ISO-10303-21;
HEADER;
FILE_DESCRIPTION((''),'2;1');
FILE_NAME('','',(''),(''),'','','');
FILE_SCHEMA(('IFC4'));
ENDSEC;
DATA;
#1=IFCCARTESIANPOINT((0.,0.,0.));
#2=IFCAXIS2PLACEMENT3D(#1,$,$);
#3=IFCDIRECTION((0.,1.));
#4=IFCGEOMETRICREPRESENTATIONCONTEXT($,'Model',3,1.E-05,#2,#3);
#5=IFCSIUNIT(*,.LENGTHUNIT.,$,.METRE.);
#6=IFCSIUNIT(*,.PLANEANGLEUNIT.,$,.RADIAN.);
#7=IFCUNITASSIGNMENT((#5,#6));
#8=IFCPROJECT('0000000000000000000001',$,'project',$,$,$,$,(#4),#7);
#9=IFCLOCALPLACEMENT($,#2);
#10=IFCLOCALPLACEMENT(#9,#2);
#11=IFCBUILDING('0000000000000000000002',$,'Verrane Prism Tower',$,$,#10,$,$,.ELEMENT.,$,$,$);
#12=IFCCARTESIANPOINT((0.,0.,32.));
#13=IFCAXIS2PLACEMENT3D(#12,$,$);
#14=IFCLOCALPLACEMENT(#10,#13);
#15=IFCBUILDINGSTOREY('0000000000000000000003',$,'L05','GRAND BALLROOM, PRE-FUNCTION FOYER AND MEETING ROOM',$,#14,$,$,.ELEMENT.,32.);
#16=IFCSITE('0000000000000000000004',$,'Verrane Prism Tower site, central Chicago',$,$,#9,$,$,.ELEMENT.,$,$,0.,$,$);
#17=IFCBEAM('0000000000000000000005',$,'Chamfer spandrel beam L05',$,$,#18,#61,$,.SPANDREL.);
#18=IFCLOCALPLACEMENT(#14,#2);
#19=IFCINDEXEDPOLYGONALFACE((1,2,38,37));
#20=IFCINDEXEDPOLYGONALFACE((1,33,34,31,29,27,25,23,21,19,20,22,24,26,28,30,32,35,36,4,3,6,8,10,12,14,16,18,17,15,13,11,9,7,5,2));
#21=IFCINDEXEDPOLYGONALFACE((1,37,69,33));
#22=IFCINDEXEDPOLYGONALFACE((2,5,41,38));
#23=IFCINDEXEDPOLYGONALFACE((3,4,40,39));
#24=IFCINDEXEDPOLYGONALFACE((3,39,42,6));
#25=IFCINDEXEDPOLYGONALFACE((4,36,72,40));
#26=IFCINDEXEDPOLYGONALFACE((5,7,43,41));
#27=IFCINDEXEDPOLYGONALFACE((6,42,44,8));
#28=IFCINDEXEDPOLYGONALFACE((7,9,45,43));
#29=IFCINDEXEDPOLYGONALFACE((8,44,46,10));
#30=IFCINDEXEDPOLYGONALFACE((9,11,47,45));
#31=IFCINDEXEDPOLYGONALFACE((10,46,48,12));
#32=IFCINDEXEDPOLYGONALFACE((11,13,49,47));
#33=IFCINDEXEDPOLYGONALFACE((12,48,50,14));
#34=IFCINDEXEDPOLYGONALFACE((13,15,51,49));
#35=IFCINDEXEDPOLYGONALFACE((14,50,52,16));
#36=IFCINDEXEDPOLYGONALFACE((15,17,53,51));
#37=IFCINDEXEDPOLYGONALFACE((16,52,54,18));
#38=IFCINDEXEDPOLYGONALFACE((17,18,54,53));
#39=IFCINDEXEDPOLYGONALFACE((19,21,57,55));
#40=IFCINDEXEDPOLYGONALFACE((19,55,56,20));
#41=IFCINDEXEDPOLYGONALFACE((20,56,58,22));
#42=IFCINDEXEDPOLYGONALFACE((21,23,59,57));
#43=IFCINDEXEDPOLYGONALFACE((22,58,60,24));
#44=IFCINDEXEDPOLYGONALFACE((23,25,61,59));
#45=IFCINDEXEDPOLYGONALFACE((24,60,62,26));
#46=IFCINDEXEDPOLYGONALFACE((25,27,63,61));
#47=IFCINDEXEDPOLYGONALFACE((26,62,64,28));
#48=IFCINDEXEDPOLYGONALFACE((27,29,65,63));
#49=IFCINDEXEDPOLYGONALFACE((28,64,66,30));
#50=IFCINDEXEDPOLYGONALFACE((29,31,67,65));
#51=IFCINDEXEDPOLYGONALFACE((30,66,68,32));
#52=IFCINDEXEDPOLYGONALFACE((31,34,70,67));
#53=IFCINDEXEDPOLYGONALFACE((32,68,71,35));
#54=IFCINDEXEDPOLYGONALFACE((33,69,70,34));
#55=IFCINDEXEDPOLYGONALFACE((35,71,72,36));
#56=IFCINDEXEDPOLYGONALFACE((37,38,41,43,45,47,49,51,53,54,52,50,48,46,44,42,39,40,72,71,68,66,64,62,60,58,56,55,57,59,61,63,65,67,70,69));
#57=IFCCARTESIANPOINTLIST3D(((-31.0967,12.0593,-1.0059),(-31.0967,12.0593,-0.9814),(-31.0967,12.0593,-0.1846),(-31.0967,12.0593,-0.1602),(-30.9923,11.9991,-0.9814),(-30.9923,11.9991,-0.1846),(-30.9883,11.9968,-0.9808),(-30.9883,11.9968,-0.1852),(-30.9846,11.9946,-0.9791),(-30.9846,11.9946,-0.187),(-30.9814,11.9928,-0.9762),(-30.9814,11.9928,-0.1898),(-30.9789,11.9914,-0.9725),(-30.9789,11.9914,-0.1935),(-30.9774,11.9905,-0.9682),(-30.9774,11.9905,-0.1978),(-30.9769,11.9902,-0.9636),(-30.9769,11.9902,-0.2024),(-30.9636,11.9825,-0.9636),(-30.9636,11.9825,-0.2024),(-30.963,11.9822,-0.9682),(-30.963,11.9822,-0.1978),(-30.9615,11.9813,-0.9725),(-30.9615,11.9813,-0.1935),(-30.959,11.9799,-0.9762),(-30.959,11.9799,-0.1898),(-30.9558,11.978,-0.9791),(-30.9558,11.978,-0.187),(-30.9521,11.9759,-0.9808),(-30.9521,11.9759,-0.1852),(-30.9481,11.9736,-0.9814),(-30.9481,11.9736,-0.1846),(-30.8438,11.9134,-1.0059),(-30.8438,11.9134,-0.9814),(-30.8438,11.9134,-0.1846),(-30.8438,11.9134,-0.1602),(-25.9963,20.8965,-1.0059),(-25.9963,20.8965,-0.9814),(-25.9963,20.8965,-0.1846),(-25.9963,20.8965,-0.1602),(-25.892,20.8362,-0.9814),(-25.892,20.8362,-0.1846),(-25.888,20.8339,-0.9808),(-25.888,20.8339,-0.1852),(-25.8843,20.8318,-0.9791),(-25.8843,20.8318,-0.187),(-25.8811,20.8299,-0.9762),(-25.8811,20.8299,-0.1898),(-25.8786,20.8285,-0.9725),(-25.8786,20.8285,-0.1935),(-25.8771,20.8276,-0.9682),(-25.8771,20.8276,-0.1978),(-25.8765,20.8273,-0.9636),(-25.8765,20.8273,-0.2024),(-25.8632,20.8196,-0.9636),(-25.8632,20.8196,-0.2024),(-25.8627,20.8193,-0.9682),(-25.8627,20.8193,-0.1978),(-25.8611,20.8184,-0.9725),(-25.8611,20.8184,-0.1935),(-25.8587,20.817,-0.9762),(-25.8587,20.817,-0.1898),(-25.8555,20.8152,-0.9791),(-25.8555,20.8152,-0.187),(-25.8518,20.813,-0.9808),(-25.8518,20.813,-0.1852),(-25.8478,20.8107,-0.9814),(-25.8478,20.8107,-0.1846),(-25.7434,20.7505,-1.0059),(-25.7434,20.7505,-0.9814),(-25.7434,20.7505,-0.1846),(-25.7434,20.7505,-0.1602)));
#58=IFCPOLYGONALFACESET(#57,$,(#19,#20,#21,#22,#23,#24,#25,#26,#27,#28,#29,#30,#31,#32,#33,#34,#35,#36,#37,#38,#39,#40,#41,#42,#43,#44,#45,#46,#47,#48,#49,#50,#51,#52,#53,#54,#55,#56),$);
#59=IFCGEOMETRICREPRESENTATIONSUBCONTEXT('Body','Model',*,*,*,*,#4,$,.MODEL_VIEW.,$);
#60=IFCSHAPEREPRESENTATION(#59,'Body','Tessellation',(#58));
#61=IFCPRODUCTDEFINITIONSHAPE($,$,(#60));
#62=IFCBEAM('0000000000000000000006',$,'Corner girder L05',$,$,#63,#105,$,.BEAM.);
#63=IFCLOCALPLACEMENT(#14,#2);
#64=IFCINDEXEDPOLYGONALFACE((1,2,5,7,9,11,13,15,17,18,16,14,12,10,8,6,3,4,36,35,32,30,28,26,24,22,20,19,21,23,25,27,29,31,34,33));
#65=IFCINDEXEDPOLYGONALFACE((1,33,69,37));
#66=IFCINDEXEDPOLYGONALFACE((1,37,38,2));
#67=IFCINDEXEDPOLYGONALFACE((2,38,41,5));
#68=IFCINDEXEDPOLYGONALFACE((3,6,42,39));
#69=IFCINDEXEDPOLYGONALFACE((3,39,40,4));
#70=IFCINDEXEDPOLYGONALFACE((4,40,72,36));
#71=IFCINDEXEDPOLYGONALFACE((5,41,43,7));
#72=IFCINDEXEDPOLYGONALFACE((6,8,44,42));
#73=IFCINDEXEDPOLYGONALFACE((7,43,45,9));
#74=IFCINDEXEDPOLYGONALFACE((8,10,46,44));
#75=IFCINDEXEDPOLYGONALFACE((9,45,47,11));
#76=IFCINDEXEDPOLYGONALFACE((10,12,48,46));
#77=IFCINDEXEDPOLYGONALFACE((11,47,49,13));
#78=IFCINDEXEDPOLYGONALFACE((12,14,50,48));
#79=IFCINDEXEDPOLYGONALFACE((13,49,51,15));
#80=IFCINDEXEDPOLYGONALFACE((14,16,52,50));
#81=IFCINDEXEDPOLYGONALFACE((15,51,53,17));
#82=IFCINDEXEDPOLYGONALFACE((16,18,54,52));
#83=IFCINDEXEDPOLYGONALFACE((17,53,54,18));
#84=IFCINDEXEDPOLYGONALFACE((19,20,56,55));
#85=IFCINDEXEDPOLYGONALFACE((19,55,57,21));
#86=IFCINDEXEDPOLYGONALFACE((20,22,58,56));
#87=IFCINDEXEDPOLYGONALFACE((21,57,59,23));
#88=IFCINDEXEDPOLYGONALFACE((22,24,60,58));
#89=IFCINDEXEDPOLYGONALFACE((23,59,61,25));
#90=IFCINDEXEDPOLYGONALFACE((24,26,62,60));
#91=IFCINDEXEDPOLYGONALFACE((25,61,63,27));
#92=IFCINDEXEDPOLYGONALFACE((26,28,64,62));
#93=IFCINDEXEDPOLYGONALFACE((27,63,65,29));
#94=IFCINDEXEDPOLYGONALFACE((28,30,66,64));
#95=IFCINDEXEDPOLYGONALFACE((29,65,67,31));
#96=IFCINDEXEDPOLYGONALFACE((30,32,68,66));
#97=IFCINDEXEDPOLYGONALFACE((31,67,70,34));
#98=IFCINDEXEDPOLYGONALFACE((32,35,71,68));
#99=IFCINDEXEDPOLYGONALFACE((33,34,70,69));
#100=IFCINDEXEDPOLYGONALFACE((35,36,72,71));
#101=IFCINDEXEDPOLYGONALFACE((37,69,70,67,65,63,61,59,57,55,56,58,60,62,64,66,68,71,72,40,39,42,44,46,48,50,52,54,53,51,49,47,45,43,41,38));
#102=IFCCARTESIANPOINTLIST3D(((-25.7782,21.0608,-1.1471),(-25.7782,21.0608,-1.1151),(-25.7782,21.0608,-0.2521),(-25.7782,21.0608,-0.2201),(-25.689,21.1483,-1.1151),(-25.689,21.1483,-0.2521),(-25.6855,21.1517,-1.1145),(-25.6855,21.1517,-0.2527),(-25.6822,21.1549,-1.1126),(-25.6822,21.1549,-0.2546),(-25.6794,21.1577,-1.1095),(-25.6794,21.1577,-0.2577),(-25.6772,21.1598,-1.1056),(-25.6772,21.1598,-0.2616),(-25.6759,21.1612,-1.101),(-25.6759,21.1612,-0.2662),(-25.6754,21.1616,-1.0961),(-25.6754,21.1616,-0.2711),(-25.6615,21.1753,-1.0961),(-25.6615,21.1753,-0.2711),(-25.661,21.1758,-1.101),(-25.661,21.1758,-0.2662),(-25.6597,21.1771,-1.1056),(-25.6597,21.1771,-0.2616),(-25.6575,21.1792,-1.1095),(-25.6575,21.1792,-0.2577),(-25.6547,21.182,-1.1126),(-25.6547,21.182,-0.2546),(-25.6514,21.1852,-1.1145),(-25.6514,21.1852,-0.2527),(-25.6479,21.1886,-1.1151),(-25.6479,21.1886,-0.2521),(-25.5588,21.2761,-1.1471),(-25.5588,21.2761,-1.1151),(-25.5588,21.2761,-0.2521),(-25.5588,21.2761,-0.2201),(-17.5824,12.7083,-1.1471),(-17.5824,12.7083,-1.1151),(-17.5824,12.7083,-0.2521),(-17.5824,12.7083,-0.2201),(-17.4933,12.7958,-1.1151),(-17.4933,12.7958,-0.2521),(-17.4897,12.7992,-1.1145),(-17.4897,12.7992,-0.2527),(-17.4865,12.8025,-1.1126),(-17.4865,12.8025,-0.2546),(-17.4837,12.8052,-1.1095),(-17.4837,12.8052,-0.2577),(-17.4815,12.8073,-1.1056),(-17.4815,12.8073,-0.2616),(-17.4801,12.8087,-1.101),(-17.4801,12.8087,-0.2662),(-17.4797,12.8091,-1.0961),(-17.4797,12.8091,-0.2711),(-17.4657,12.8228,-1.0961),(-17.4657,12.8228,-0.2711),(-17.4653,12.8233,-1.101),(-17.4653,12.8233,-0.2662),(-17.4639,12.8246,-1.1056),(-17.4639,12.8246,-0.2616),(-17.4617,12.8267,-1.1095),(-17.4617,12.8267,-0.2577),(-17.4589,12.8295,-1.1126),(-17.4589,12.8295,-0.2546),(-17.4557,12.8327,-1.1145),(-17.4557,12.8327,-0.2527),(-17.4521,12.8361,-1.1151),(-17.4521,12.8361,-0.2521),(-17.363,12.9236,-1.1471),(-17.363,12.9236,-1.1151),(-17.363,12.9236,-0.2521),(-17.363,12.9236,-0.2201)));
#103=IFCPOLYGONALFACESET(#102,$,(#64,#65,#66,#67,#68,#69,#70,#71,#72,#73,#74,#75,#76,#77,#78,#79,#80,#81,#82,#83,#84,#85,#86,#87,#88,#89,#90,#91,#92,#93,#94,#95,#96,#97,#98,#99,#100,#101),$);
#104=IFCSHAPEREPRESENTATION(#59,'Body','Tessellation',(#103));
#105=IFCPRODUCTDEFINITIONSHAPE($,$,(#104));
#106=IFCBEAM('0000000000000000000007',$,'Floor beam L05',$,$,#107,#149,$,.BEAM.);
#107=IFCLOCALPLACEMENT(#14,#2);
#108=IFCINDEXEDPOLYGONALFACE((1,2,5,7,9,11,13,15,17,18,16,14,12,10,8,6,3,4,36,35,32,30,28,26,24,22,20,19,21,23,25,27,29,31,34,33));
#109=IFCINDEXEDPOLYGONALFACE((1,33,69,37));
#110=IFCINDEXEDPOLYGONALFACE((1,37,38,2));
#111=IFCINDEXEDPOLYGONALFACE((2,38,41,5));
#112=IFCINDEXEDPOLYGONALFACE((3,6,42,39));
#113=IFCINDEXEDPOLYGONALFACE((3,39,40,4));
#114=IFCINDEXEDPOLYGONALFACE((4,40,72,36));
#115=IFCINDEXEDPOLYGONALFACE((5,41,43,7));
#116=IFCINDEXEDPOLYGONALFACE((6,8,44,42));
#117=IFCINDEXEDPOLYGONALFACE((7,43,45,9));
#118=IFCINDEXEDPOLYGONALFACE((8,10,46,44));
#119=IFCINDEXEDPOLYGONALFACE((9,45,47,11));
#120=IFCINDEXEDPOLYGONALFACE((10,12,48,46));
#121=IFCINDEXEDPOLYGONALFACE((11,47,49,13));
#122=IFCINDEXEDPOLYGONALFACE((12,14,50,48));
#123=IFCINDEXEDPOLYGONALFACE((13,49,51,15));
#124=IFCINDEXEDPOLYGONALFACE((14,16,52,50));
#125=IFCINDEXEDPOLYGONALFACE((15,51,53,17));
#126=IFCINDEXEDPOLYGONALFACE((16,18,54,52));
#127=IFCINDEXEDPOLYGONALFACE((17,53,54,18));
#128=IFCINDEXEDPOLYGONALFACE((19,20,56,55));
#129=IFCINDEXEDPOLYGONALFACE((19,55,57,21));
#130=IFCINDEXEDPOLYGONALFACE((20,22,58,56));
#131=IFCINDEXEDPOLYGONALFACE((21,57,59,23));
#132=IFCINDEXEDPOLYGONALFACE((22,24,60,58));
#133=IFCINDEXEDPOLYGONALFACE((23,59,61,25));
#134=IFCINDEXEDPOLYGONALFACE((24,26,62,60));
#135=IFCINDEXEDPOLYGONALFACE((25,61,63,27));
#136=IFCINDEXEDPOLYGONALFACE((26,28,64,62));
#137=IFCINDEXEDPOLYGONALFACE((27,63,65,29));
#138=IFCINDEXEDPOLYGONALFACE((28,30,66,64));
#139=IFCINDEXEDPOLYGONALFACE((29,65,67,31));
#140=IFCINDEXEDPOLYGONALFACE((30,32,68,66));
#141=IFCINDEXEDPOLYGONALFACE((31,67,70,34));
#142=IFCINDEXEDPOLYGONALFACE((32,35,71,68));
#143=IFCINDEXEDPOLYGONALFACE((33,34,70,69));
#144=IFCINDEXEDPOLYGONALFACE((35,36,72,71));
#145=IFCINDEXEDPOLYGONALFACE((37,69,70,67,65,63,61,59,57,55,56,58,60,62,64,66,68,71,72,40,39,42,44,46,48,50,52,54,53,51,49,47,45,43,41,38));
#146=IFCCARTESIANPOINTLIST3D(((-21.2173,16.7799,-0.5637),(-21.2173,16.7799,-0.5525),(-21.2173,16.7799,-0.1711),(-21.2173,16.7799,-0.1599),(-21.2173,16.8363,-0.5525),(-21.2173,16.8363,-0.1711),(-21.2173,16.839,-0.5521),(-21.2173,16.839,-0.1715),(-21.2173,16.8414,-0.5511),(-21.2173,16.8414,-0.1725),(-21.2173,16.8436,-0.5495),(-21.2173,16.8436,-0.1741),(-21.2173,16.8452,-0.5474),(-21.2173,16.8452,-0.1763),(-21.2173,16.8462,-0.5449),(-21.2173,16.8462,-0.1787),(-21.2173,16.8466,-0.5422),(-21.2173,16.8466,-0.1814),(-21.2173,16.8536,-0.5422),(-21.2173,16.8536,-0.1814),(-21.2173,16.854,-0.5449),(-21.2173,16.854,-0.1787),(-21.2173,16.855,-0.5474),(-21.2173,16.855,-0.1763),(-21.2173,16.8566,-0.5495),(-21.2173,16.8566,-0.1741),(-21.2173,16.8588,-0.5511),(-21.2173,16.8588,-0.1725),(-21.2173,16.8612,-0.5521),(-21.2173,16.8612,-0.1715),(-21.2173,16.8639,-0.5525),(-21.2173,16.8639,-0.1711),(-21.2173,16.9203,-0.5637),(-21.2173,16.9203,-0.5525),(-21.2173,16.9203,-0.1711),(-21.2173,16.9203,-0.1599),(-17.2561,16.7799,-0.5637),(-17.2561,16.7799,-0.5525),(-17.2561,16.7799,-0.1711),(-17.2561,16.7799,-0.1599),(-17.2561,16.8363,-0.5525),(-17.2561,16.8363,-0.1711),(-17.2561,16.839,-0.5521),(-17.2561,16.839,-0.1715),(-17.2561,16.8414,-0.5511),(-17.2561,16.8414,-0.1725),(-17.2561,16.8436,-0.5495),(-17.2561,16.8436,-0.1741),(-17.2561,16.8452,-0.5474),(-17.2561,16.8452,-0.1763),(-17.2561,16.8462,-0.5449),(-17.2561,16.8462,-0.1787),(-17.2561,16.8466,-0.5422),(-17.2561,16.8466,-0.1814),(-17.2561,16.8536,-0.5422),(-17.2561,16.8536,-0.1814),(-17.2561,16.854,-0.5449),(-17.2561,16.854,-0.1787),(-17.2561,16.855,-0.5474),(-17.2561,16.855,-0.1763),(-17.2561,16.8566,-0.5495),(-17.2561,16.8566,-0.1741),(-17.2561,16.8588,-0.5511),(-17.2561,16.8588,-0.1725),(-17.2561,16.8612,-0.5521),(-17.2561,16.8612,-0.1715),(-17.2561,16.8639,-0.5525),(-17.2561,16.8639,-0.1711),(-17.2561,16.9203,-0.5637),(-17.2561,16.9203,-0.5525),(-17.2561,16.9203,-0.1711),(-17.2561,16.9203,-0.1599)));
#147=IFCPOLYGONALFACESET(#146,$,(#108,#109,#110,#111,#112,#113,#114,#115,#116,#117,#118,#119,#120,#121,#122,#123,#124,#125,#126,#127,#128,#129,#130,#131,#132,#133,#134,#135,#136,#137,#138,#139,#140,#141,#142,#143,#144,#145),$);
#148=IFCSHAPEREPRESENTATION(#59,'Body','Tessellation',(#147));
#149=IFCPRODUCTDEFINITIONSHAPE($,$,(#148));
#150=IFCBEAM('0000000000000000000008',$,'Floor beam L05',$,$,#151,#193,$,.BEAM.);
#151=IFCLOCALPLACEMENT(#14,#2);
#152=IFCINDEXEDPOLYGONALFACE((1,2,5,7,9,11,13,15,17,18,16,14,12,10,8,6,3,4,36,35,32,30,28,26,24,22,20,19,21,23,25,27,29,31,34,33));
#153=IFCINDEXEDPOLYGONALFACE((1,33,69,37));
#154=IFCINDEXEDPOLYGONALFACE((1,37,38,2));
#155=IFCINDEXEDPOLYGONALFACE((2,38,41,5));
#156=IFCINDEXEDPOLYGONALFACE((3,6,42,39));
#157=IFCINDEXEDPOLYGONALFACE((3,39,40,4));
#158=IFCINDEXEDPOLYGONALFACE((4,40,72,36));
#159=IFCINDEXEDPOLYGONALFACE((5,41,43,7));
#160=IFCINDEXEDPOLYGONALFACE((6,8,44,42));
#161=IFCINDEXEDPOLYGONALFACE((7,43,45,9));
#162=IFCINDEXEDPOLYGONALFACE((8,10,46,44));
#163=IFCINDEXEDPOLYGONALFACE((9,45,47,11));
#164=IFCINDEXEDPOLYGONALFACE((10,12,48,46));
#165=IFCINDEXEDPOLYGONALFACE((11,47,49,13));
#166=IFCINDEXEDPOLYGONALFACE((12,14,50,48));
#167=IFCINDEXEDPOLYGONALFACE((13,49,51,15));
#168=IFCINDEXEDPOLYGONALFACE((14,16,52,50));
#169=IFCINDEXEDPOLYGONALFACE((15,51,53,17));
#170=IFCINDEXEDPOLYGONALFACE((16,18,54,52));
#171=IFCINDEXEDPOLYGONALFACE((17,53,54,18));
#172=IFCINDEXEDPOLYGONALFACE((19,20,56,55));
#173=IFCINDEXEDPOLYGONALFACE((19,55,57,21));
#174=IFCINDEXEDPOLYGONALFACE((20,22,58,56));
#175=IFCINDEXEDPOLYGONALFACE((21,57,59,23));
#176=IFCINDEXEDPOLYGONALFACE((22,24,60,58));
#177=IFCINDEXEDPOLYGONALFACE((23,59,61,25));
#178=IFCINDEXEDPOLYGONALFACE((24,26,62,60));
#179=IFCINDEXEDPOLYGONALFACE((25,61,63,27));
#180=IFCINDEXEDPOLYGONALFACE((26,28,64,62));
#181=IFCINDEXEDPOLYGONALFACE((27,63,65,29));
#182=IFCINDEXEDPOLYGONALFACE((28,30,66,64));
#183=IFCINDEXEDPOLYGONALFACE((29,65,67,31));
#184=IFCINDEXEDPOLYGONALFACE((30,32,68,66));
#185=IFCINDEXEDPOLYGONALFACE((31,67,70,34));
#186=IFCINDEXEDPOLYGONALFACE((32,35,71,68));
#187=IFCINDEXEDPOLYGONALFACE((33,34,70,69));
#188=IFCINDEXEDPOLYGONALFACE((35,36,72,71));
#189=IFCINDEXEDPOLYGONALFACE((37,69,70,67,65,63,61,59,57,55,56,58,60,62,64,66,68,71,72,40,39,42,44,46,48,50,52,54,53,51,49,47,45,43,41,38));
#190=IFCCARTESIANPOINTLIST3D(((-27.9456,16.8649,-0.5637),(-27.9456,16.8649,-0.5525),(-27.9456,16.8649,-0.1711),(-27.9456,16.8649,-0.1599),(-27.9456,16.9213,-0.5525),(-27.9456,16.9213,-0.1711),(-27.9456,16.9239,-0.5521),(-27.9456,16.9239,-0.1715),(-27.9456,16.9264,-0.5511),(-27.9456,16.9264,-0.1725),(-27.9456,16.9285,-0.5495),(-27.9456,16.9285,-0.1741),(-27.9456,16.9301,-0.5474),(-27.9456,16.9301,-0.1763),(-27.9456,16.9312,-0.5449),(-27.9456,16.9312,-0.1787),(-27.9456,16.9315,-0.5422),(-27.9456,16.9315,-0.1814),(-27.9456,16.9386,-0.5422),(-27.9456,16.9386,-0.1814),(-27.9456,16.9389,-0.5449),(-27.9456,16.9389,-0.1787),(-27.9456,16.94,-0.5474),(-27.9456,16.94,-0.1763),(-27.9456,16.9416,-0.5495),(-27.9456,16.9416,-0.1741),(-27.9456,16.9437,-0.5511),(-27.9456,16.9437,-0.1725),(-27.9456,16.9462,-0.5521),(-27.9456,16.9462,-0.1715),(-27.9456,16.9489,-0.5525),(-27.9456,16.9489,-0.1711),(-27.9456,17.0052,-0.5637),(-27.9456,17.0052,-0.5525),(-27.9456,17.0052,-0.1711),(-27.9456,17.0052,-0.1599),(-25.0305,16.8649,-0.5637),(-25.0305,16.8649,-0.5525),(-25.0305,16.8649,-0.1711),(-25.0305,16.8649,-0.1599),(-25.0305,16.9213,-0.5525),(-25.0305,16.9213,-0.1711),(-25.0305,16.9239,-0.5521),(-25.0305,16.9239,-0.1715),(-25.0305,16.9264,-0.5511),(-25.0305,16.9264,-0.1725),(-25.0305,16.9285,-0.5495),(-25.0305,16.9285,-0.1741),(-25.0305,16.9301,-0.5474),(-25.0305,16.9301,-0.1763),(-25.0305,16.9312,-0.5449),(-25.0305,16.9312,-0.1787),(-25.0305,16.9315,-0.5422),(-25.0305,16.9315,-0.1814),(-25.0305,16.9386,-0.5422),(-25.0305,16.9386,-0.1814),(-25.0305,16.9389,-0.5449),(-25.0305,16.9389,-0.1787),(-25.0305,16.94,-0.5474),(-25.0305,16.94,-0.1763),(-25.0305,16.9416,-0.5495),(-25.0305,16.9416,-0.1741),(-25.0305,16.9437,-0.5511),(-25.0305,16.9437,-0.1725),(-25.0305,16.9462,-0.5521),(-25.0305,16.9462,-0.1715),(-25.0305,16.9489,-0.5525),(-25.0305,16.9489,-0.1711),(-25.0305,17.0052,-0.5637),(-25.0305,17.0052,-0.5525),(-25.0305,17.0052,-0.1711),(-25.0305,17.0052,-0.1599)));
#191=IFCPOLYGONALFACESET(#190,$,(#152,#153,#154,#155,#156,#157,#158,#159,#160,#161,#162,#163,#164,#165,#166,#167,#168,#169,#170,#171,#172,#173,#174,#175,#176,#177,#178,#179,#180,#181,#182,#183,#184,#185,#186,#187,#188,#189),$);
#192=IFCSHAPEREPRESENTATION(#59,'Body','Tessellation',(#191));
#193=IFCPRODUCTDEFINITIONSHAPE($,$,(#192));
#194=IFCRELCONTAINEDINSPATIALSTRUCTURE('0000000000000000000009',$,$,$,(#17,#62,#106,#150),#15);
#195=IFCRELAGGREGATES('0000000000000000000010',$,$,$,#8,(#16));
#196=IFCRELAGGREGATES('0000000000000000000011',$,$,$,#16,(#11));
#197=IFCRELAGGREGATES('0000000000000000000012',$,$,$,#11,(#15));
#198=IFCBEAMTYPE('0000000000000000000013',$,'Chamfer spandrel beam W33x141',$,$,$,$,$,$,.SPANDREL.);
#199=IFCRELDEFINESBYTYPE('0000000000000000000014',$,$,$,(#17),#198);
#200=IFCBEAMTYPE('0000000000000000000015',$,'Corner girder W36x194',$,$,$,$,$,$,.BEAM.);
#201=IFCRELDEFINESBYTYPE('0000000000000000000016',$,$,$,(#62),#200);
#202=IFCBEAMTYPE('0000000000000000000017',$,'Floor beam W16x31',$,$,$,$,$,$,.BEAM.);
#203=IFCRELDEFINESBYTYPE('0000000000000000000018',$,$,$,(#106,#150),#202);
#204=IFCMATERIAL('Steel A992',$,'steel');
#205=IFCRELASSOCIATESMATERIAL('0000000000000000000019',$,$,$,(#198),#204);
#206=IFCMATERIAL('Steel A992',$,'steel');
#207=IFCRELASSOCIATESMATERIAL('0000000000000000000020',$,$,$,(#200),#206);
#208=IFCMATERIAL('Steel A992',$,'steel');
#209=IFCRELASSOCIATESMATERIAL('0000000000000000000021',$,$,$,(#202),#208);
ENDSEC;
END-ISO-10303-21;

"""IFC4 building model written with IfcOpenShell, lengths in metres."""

from ifc_helpers import new_model, si_unit, direction, frame, origin, origin_2d, place, context, subcontext, project, spatial, i_section, extrude, material, material_profile, profile_set, type_object, element, save


model = new_model("IFC4")

# Units and contexts
model_context = context("Model", 3, precision=1e-05, world=origin(), true_north=direction((0.0, 1.0)))
body_context = subcontext(model_context, "Body", "Model", "MODEL_VIEW")
ifc_project = project(units=[si_unit("LENGTHUNIT", "METRE"), si_unit("PLANEANGLEUNIT", "RADIAN")], contexts=[model_context])

# Site, building, storey
site_placement = place(None, origin())
site = spatial("IfcSite", under=ifc_project, at=site_placement, Name="Verrane Prism Tower site, central Chicago", CompositionType="ELEMENT", RefElevation=0.0)
building_placement = place(site_placement, origin())
building = spatial("IfcBuilding", under=site, at=building_placement, Name="Verrane Prism Tower", CompositionType="ELEMENT")
storey_placement = place(building_placement, frame((0.0, 0.0, 32.0)))
storey = spatial("IfcBuildingStorey", under=building, at=storey_placement, Name="L05", Description="GRAND BALLROOM, PRE-FUNCTION FOYER AND MEETING ROOM", CompositionType="ELEMENT", Elevation=32.0)

# Beams
ifc_material_1 = material(Name="Steel A992", Category="steel")
ifc_material_profile_1 = material_profile(ifc_material_1, i_section(OverallWidth=0.292, OverallDepth=0.8457, WebThickness=0.0154, FlangeThickness=0.0244, FilletRadius=0.0178, at=origin_2d()), Name="W33x141")
ifc_profile_set_1 = profile_set([ifc_material_profile_1], Name="Steel A992")
beam_type_1 = type_object("IfcBeamType", Name="Chamfer spandrel beam W33x141", PredefinedType="SPANDREL", material=ifc_profile_set_1)
beam_1_placement = place(storey_placement, frame((-25.8699, 20.8235, -0.583), z_axis=(-0.499868, -0.866102, 0.0), x_axis=(0.866102, -0.499868, 0.0)))
element("IfcBeam", 1, at=beam_1_placement, inside=storey, type_object=beam_type_1, Name="Chamfer spandrel beam L05", PredefinedType="SPANDREL", context=body_context, shape_type="SweptSolid", body=[
    extrude(i_section(OverallWidth=0.292, OverallDepth=0.8457, WebThickness=0.0154, FlangeThickness=0.0244, FilletRadius=0.0178, at=origin_2d()), origin(), (0.0, 0.0, 1.0), 10.2034),
])
ifc_material_2 = material(Name="Steel A992", Category="steel")
ifc_material_profile_2 = material_profile(ifc_material_2, i_section(OverallWidth=0.3074, OverallDepth=0.927, WebThickness=0.0195, FlangeThickness=0.032, FilletRadius=0.019, at=origin_2d()), Name="W36x194")
ifc_profile_set_2 = profile_set([ifc_material_profile_2], Name="Steel A992")
beam_type_2 = type_object("IfcBeamType", Name="Corner girder W36x194", PredefinedType="BEAM", material=ifc_profile_set_2)
beam_2_placement = place(storey_placement, frame((-25.6685, 21.1685, -0.6836), z_axis=(0.700378, -0.713772, 0.0), x_axis=(0.713772, 0.700378, 0.0)))
element("IfcBeam", 2, at=beam_2_placement, inside=storey, type_object=beam_type_2, Name="Corner girder L05", PredefinedType="BEAM", context=body_context, shape_type="SweptSolid", body=[
    extrude(i_section(OverallWidth=0.3074, OverallDepth=0.927, WebThickness=0.0195, FlangeThickness=0.032, FilletRadius=0.019, at=origin_2d()), origin(), (0.0, 0.0, 1.0), 11.7019),
])
ifc_material_3 = material(Name="Steel A992", Category="steel")
ifc_material_profile_3 = material_profile(ifc_material_3, i_section(OverallWidth=0.1404, OverallDepth=0.4038, WebThickness=0.0071, FlangeThickness=0.0112, FilletRadius=0.0103, at=origin_2d()), Name="W16x31")
ifc_profile_set_3 = profile_set([ifc_material_profile_3], Name="Steel A992")
beam_type_3 = type_object("IfcBeamType", Name="Floor beam W16x31", PredefinedType="BEAM", material=ifc_profile_set_3)
beam_3_placement = place(storey_placement, frame((-21.2173, 16.8501, -0.3618), z_axis=(1.0, 0.0, 0.0), x_axis=(0.0, 1.0, 0.0)))
element("IfcBeam", 3, at=beam_3_placement, inside=storey, type_object=beam_type_3, Name="Floor beam L05", PredefinedType="BEAM", context=body_context, shape_type="SweptSolid", body=[
    extrude(i_section(OverallWidth=0.1404, OverallDepth=0.4038, WebThickness=0.0071, FlangeThickness=0.0112, FilletRadius=0.0103, at=origin_2d()), origin(), (0.0, 0.0, 1.0), 3.9612),
])
beam_4_placement = place(storey_placement, frame((-27.9456, 16.9351, -0.3618), z_axis=(1.0, 0.0, 0.0), x_axis=(0.0, 1.0, 0.0)))
element("IfcBeam", 4, at=beam_4_placement, inside=storey, type_object=beam_type_3, Name="Floor beam L05", PredefinedType="BEAM", context=body_context, shape_type="SweptSolid", body=[
    extrude(i_section(OverallWidth=0.1404, OverallDepth=0.4038, WebThickness=0.0071, FlangeThickness=0.0112, FilletRadius=0.0103, at=origin_2d()), origin(), (0.0, 0.0, 1.0), 2.915),
])

save(model, "model.ifc")
